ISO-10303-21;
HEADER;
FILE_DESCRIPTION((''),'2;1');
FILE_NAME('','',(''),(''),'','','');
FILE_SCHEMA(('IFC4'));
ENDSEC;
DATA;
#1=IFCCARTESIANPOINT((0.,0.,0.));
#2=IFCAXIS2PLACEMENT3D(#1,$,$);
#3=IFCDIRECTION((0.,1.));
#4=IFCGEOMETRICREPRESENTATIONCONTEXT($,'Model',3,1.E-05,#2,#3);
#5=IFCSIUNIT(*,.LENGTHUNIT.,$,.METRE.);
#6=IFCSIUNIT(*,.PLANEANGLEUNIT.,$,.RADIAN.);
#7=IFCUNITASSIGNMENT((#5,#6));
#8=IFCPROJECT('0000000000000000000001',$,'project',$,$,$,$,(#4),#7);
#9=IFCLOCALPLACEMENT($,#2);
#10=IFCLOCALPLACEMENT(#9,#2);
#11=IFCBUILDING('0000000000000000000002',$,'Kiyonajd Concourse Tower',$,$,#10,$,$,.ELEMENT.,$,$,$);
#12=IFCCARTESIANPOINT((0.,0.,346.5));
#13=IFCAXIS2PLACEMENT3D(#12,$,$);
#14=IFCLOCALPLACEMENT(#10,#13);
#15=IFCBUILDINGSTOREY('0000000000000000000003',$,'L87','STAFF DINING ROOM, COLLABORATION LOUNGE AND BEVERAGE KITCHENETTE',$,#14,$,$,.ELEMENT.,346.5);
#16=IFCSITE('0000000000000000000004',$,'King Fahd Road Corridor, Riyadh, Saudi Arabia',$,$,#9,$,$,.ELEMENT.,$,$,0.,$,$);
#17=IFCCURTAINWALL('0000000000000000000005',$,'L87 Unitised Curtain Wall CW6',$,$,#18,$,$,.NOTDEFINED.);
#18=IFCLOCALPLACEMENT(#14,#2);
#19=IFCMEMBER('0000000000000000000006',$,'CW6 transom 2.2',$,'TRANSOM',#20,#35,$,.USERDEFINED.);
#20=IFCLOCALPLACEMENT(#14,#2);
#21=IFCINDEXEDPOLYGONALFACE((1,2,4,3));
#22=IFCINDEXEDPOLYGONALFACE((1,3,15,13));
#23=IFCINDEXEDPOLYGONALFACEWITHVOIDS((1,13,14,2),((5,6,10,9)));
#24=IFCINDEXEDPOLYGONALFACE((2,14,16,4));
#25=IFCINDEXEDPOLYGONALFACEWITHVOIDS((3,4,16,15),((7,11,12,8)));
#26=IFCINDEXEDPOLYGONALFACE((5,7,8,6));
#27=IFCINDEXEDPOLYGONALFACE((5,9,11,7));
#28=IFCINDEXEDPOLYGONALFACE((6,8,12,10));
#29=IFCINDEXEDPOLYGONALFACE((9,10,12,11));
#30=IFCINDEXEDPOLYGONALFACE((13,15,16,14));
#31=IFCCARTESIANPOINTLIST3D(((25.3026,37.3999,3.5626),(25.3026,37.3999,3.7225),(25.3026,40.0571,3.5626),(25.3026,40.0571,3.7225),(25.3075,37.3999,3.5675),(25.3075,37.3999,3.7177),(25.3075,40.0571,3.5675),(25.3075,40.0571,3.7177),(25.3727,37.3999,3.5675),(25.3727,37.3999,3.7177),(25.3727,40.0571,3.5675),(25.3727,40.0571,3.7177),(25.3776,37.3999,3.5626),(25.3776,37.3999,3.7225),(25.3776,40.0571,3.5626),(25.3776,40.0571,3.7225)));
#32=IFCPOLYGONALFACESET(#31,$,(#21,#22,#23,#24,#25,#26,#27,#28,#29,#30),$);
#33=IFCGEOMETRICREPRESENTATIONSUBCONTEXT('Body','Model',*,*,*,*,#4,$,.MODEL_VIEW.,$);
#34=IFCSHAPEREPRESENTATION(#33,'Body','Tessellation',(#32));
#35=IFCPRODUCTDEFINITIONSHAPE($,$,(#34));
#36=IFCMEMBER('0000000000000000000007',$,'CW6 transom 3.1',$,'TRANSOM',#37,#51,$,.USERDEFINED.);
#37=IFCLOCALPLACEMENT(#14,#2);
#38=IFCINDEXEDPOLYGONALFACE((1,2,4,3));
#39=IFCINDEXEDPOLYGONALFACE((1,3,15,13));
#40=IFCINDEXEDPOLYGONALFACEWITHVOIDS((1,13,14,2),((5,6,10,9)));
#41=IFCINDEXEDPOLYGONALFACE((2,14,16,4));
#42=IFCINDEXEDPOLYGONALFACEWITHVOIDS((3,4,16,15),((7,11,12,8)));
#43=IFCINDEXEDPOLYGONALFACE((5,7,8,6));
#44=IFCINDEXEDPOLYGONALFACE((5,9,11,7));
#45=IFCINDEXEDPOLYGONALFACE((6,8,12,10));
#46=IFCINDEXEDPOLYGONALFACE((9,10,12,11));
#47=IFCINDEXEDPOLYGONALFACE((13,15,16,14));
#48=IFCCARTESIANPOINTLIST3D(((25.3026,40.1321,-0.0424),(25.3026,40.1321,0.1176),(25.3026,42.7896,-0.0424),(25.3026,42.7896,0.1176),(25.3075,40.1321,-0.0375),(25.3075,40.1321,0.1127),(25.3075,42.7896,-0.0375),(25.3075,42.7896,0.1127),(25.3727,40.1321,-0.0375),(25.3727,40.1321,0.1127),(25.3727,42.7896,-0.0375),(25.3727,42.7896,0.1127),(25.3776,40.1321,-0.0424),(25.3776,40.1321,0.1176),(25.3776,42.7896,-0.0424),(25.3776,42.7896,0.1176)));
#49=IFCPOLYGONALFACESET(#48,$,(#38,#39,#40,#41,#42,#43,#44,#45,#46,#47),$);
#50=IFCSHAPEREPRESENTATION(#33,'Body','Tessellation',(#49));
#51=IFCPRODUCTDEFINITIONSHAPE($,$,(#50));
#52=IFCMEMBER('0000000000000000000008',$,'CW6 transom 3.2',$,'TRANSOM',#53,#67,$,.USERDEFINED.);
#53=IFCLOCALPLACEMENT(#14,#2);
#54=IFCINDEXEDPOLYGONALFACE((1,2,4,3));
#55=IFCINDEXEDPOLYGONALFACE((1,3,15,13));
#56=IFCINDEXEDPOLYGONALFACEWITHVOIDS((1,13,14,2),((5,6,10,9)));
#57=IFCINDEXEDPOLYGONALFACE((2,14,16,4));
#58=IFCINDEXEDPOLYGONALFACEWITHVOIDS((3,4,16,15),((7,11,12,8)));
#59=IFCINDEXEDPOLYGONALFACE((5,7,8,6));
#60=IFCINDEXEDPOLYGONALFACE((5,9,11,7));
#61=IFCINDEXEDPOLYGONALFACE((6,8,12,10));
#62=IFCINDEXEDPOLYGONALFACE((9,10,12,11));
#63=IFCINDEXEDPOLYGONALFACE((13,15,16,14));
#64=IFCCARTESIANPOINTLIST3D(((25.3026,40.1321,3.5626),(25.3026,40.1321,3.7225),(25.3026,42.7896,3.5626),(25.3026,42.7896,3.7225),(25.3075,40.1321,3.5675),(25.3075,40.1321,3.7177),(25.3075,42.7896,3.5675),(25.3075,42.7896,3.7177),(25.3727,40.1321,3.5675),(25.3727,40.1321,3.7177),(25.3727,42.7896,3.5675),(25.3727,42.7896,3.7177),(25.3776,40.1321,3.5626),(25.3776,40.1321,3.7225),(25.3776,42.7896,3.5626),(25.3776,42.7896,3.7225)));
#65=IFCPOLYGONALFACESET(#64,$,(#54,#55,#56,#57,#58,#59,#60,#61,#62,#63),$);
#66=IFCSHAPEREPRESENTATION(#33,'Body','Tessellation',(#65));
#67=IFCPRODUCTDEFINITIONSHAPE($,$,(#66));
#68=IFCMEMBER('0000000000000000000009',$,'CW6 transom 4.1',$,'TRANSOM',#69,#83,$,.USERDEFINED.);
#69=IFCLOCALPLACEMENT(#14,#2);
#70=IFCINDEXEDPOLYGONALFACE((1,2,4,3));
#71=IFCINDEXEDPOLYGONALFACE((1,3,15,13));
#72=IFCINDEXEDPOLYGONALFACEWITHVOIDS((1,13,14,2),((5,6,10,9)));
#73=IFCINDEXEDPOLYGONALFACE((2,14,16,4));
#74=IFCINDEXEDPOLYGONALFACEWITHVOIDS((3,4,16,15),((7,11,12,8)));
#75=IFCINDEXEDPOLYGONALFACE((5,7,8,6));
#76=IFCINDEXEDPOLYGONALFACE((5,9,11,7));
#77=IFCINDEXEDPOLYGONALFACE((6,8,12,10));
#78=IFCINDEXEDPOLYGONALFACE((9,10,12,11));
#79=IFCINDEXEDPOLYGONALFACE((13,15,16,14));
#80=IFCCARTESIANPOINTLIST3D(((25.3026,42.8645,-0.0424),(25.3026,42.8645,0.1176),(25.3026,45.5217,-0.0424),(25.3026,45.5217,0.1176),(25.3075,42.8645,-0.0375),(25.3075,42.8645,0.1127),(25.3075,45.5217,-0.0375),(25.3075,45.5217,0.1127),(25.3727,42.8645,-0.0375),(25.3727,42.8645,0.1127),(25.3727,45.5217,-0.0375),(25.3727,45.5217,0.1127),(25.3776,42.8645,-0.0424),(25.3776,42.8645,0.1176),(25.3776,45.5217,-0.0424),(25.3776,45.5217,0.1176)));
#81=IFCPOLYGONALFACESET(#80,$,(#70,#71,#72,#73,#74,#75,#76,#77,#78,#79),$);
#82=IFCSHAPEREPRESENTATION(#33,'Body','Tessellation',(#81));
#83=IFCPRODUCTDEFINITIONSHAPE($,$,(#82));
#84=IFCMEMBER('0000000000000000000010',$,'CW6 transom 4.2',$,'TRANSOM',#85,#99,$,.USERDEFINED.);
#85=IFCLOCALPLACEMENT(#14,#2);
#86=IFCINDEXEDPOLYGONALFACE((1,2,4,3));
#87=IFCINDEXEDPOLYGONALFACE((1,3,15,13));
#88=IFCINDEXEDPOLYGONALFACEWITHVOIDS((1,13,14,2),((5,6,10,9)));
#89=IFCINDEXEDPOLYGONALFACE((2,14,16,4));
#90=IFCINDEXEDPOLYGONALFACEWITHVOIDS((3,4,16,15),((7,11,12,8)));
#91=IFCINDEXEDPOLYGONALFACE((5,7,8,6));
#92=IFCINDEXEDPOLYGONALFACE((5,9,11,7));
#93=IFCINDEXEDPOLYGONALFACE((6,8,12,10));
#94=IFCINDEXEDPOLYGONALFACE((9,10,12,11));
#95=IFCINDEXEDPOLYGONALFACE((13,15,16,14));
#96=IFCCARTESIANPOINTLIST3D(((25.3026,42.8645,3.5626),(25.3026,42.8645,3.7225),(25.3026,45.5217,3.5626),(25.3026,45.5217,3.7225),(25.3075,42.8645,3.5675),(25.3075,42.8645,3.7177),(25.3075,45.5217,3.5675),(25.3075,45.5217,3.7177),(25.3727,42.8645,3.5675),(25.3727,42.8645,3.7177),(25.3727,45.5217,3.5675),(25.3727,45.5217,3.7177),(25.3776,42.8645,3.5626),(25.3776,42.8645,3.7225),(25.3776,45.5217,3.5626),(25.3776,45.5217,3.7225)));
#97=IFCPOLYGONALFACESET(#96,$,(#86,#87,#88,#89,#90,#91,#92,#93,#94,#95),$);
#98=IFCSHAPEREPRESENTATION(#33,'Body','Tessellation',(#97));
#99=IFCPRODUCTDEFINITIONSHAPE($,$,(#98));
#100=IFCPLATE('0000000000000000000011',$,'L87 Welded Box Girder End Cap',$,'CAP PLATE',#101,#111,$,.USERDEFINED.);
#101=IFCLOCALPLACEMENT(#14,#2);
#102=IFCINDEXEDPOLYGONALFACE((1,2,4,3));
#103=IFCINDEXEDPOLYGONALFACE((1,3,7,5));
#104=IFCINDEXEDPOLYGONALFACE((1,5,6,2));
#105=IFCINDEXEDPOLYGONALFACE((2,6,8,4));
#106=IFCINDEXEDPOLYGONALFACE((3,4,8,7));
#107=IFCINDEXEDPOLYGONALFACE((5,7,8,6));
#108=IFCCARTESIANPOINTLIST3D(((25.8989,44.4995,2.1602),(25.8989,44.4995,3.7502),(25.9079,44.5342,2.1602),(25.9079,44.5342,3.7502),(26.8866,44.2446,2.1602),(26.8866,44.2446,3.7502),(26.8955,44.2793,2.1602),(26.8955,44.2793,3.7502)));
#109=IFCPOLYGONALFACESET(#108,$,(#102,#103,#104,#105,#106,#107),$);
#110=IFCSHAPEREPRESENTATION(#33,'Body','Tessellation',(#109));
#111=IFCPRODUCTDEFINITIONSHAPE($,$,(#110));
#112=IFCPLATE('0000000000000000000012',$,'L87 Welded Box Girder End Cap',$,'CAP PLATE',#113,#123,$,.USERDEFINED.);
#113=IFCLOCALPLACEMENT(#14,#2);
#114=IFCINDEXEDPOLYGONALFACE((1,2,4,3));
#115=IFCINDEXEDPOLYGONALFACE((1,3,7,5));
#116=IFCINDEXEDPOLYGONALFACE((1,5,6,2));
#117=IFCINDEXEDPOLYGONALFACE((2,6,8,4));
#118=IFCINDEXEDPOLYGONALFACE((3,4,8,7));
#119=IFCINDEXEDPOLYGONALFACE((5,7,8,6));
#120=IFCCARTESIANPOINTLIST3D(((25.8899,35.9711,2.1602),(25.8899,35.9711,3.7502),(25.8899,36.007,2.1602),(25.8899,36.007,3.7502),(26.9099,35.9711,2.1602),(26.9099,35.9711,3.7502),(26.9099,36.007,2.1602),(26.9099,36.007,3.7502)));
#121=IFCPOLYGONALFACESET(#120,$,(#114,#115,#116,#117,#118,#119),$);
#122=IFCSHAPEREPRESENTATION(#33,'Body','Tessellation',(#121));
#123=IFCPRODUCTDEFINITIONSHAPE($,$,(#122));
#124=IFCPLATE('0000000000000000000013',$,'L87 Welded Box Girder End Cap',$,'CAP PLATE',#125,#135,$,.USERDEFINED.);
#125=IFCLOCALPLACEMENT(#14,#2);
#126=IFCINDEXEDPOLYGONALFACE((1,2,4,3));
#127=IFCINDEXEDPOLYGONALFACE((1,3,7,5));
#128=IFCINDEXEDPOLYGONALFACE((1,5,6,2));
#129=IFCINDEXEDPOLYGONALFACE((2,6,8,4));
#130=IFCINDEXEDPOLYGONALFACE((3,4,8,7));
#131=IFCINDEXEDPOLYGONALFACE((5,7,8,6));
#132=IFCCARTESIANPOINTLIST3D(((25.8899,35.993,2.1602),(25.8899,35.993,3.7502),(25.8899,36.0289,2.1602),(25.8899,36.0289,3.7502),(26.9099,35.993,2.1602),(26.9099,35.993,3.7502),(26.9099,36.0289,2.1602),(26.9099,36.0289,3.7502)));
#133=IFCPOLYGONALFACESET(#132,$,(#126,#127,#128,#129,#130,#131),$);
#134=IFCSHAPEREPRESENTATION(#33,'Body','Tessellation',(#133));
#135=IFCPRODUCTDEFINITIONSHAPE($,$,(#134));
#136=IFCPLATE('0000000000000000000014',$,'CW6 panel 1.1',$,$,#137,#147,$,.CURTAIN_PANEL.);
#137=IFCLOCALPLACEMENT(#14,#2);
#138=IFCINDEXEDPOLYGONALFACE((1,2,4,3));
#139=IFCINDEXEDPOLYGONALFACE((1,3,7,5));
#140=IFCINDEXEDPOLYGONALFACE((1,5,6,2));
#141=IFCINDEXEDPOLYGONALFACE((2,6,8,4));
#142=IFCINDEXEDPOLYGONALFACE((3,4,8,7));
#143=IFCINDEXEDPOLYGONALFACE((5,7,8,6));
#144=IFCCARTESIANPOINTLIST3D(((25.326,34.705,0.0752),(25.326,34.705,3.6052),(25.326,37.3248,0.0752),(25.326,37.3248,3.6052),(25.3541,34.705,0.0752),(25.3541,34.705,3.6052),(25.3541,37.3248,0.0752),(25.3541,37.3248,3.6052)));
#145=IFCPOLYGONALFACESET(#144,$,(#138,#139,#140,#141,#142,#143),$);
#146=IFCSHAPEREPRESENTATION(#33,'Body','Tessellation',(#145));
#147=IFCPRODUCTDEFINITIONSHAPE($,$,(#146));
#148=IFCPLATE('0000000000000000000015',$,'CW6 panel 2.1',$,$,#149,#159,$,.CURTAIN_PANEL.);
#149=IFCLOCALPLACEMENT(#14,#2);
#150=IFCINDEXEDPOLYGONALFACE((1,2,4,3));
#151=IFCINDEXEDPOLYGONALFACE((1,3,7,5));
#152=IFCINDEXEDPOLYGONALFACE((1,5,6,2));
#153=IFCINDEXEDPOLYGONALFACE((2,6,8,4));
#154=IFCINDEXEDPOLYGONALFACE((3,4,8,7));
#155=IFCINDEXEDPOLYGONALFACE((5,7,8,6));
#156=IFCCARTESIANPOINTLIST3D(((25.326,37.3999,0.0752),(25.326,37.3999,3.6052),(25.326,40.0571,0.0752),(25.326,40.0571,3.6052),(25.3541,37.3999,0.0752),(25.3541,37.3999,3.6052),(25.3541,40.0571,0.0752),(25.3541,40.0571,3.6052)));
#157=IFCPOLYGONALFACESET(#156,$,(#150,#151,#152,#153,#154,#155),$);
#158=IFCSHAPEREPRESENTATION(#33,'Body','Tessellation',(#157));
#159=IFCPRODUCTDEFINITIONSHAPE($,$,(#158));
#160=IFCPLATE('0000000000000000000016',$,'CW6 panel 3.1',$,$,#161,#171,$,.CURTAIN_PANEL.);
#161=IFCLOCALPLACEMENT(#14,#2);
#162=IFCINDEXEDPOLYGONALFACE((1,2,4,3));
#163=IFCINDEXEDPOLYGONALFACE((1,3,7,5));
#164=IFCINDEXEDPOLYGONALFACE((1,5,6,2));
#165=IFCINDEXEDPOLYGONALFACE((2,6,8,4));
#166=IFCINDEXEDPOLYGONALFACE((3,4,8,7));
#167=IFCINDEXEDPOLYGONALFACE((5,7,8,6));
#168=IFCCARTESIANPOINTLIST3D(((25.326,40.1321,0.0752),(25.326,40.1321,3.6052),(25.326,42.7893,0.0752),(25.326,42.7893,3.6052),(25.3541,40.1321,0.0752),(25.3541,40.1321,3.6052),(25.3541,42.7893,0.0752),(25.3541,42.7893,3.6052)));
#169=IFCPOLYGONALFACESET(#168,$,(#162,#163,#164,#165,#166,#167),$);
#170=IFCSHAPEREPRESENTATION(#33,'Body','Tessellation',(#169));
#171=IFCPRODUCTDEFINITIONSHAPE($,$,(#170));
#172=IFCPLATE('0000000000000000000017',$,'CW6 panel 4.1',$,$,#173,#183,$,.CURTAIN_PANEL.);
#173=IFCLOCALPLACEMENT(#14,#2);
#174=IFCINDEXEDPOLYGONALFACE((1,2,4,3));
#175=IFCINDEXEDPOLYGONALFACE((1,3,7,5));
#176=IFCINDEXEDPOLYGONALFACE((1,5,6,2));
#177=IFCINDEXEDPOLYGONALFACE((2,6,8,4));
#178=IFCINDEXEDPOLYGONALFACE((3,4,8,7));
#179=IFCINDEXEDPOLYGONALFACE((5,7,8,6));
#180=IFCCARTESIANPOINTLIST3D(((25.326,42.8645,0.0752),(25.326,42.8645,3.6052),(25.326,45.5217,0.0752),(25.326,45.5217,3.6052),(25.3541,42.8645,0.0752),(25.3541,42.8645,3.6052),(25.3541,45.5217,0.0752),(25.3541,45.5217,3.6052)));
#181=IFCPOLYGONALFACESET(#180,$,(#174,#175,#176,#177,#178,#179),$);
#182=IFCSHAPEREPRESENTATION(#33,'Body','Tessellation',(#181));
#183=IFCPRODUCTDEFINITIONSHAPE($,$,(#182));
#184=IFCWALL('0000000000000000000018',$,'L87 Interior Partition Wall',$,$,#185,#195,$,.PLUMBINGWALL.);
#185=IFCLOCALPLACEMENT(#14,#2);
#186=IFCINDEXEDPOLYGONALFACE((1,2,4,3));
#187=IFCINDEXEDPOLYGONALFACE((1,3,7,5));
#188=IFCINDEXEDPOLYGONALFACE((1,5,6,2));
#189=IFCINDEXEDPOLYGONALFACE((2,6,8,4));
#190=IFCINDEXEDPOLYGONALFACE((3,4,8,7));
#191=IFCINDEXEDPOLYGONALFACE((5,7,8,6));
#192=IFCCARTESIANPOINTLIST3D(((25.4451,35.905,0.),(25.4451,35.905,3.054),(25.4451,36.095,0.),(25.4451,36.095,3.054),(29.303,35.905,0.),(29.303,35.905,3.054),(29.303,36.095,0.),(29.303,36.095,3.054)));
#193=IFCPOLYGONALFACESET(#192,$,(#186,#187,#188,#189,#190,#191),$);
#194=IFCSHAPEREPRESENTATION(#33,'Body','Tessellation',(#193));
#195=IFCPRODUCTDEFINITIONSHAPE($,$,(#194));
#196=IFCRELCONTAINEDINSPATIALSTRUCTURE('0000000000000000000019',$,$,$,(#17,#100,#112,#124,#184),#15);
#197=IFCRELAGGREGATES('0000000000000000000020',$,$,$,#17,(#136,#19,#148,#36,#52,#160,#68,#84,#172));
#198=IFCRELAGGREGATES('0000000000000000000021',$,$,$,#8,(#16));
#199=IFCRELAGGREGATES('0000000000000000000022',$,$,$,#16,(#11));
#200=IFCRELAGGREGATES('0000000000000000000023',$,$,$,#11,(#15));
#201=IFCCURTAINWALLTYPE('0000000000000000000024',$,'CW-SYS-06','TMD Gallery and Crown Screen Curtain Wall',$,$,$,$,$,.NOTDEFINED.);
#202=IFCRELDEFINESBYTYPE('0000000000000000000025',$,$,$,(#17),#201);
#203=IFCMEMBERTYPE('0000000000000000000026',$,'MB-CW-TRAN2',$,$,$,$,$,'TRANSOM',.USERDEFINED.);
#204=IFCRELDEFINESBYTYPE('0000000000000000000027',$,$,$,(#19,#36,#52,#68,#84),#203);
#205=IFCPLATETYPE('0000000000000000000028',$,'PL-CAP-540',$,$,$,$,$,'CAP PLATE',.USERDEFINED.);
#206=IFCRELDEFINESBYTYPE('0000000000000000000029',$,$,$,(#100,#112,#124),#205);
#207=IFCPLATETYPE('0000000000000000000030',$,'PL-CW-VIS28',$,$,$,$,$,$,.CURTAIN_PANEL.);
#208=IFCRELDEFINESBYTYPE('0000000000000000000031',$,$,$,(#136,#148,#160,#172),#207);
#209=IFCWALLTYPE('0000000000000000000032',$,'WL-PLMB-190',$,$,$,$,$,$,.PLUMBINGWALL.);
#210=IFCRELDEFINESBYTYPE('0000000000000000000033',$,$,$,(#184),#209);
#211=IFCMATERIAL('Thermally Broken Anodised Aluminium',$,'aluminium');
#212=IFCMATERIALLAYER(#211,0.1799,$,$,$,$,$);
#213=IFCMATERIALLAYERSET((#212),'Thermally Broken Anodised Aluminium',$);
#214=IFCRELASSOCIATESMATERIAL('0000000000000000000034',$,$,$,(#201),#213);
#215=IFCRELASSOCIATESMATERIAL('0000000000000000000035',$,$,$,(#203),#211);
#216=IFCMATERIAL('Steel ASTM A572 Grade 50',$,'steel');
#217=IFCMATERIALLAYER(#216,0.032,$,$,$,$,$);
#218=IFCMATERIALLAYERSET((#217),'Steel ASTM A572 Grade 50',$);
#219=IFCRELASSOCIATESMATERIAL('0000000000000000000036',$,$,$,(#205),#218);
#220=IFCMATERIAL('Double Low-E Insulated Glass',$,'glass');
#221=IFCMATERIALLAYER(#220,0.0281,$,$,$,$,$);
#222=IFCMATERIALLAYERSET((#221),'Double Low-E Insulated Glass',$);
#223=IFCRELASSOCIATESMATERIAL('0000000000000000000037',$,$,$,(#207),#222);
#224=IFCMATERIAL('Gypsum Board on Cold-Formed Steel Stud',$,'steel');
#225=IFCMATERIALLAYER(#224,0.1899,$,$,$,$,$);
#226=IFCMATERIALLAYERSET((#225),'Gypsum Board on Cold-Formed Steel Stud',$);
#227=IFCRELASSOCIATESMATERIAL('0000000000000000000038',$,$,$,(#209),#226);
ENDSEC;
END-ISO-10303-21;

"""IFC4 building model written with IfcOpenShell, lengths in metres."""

from ifc_helpers import new_model, si_unit, direction, frame, frame_2d, origin, origin_2d, place, context, subcontext, project, spatial, rectangle, hollow_rectangle, extrude, material, layer, layer_set, material_profile, profile_set, type_object, element, aggregate, save


model = new_model("IFC4")

# Units and contexts
model_context = context("Model", 3, precision=1e-05, world=origin(), true_north=direction((0.0, 1.0)))
body_context = subcontext(model_context, "Body", "Model", "MODEL_VIEW")
ifc_project = project(units=[si_unit("LENGTHUNIT", "METRE"), si_unit("PLANEANGLEUNIT", "RADIAN")], contexts=[model_context])

# Site, building, storey
site_placement = place(None, origin())
site = spatial("IfcSite", under=ifc_project, at=site_placement, Name="King Fahd Road Corridor, Riyadh, Saudi Arabia", CompositionType="ELEMENT", RefElevation=0.0)
building_placement = place(site_placement, origin())
building = spatial("IfcBuilding", under=site, at=building_placement, Name="Kiyonajd Concourse Tower", CompositionType="ELEMENT")
storey_placement = place(building_placement, frame((0.0, 0.0, 346.5)))
storey = spatial("IfcBuildingStorey", under=building, at=storey_placement, Name="L87", Description="STAFF DINING ROOM, COLLABORATION LOUNGE AND BEVERAGE KITCHENETTE", CompositionType="ELEMENT", Elevation=346.5)

# Shared definitions
ifc_material_1 = material(Name="Steel ASTM A572 Grade 50", Category="steel")

# Curtain wall, members
ifc_material_2 = material(Name="Thermally Broken Anodised Aluminium", Category="aluminium")
ifc_layer_1 = layer(ifc_material_2, 0.1799)
ifc_layer_set_1 = layer_set([ifc_layer_1], Name="Thermally Broken Anodised Aluminium")
curtain_wall_type = type_object("IfcCurtainWallType", Name="CW-SYS-06", Description="TMD Gallery and Crown Screen Curtain Wall", PredefinedType="NOTDEFINED", material=ifc_layer_set_1)
curtain_wall_placement = place(storey_placement, origin())
curtain_wall = element("IfcCurtainWall", 1, at=curtain_wall_placement, inside=storey, type_object=curtain_wall_type, Name="L87 Unitised Curtain Wall CW6", PredefinedType="NOTDEFINED")
ifc_material_profile_1 = material_profile(ifc_material_2, hollow_rectangle(XDim=0.075, YDim=0.1599, WallThickness=0.0049, at=origin_2d()), Name="TRAN-75x160")
ifc_profile_set_1 = profile_set([ifc_material_profile_1], Name="Thermally Broken Anodised Aluminium")
member_type_1 = type_object("IfcMemberType", Name="MB-CW-TRAN2", ElementType="TRANSOM", PredefinedType="USERDEFINED", material=ifc_profile_set_1)
member_1_placement = place(storey_placement, frame((25.3401, 37.3999, 3.6426), z_axis=(0.0, 1.0, 0.0), x_axis=(-1.0, 0.0, 0.0)))
member_1 = element("IfcMember", 2, at=member_1_placement, type_object=member_type_1, Name="CW6 transom 2.2", ObjectType="TRANSOM", PredefinedType="USERDEFINED", context=body_context, shape_type="SweptSolid", body=[
    extrude(hollow_rectangle(XDim=0.075, YDim=0.1599, WallThickness=0.0049, at=origin_2d()), origin(), (0.0, 0.0, 1.0), 2.6572),
])
member_2_placement = place(storey_placement, frame((25.3401, 40.1321, 0.0376), z_axis=(0.0, 1.0, 0.0), x_axis=(-1.0, 0.0, 0.0)))
member_2 = element("IfcMember", 3, at=member_2_placement, type_object=member_type_1, Name="CW6 transom 3.1", ObjectType="TRANSOM", PredefinedType="USERDEFINED", context=body_context, shape_type="SweptSolid", body=[
    extrude(hollow_rectangle(XDim=0.075, YDim=0.1599, WallThickness=0.0049, at=origin_2d()), origin(), (0.0, 0.0, 1.0), 2.6575),
])
member_3_placement = place(storey_placement, frame((25.3401, 40.1321, 3.6426), z_axis=(0.0, 1.0, 0.0), x_axis=(-1.0, 0.0, 0.0)))
member_3 = element("IfcMember", 4, at=member_3_placement, type_object=member_type_1, Name="CW6 transom 3.2", ObjectType="TRANSOM", PredefinedType="USERDEFINED", context=body_context, shape_type="SweptSolid", body=[
    extrude(hollow_rectangle(XDim=0.075, YDim=0.1599, WallThickness=0.0049, at=origin_2d()), origin(), (0.0, 0.0, 1.0), 2.6575),
])
member_4_placement = place(storey_placement, frame((25.3401, 42.8645, 0.0376), z_axis=(0.0, 1.0, 0.0), x_axis=(-1.0, 0.0, 0.0)))
member_4 = element("IfcMember", 5, at=member_4_placement, type_object=member_type_1, Name="CW6 transom 4.1", ObjectType="TRANSOM", PredefinedType="USERDEFINED", context=body_context, shape_type="SweptSolid", body=[
    extrude(hollow_rectangle(XDim=0.075, YDim=0.1599, WallThickness=0.0049, at=origin_2d()), origin(), (0.0, 0.0, 1.0), 2.6572),
])
member_5_placement = place(storey_placement, frame((25.3401, 42.8645, 3.6426), z_axis=(0.0, 1.0, 0.0), x_axis=(-1.0, 0.0, 0.0)))
member_5 = element("IfcMember", 6, at=member_5_placement, type_object=member_type_1, Name="CW6 transom 4.2", ObjectType="TRANSOM", PredefinedType="USERDEFINED", context=body_context, shape_type="SweptSolid", body=[
    extrude(hollow_rectangle(XDim=0.075, YDim=0.1599, WallThickness=0.0049, at=origin_2d()), origin(), (0.0, 0.0, 1.0), 2.6572),
])

# Plates
ifc_layer_2 = layer(ifc_material_1, 0.032)
ifc_layer_set_2 = layer_set([ifc_layer_2], Name="Steel ASTM A572 Grade 50")
plate_type_1 = type_object("IfcPlateType", Name="PL-CAP-540", ElementType="CAP PLATE", PredefinedType="USERDEFINED", material=ifc_layer_set_2)
for number, where, z_axis, x_axis, name in (
    (7, (26.3972, 44.3894, 2.1602), (0.0, 0.0, 1.0), (-0.249873, -0.968279, 0.0), "L87 Welded Box Girder End Cap"),
    (8, (26.3999, 35.989, 2.1602), (0.0, 0.0, 1.0), (0.0, -1.0, 0.0), "L87 Welded Box Girder End Cap"),
    (9, (26.3999, 36.011, 2.1602), (0.0, 0.0, 1.0), (0.0, 1.0, 0.0), "L87 Welded Box Girder End Cap"),
):
    element("IfcPlate", number, at=place(storey_placement, frame(where, z_axis=z_axis, x_axis=x_axis)), inside=storey, type_object=plate_type_1, Name=name, ObjectType="CAP PLATE", PredefinedType="USERDEFINED", context=body_context, shape_type="SweptSolid", body=[
        extrude(rectangle(XDim=0.0359, YDim=1.02, at=origin_2d()), origin(), (0.0, 0.0, 1.0), 1.5901),
    ])

# Plates
ifc_material_3 = material(Name="Double Low-E Insulated Glass", Category="glass")
ifc_layer_3 = layer(ifc_material_3, 0.0281)
ifc_layer_set_3 = layer_set([ifc_layer_3], Name="Double Low-E Insulated Glass")
plate_type_2 = type_object("IfcPlateType", Name="PL-CW-VIS28", PredefinedType="CURTAIN_PANEL", material=ifc_layer_set_3)
plate_1_placement = place(storey_placement, frame((25.3401, 36.0149, 0.0752), z_axis=(0.0, 0.0, 1.0), x_axis=(0.0, 1.0, 0.0)))
plate_1 = element("IfcPlate", 10, at=plate_1_placement, type_object=plate_type_2, Name="CW6 panel 1.1", PredefinedType="CURTAIN_PANEL", context=body_context, shape_type="SweptSolid", body=[
    extrude(rectangle(XDim=2.6199, YDim=0.0281, at=origin_2d()), origin(), (0.0, 0.0, 1.0), 3.53),
])
plate_2_placement = place(storey_placement, frame((25.3401, 38.7285, 0.0752), z_axis=(0.0, 0.0, 1.0), x_axis=(0.0, 1.0, 0.0)))
plate_2 = element("IfcPlate", 11, at=plate_2_placement, type_object=plate_type_2, Name="CW6 panel 2.1", PredefinedType="CURTAIN_PANEL", context=body_context, shape_type="SweptSolid", body=[
    extrude(rectangle(XDim=2.6572, YDim=0.0281, at=origin_2d()), origin(), (0.0, 0.0, 1.0), 3.53),
])
plate_3_placement = place(storey_placement, frame((25.3401, 41.4607, 0.0752), z_axis=(0.0, 0.0, 1.0), x_axis=(0.0, 1.0, 0.0)))
plate_3 = element("IfcPlate", 12, at=plate_3_placement, type_object=plate_type_2, Name="CW6 panel 3.1", PredefinedType="CURTAIN_PANEL", context=body_context, shape_type="SweptSolid", body=[
    extrude(rectangle(XDim=2.6572, YDim=0.0281, at=origin_2d()), origin(), (0.0, 0.0, 1.0), 3.53),
])
plate_4_placement = place(storey_placement, frame((25.3401, 44.1931, 0.0752), z_axis=(0.0, 0.0, 1.0), x_axis=(0.0, 1.0, 0.0)))
plate_4 = element("IfcPlate", 13, at=plate_4_placement, type_object=plate_type_2, Name="CW6 panel 4.1", PredefinedType="CURTAIN_PANEL", context=body_context, shape_type="SweptSolid", body=[
    extrude(rectangle(XDim=2.6572, YDim=0.0281, at=origin_2d()), origin(), (0.0, 0.0, 1.0), 3.53),
])
aggregate(curtain_wall, [plate_1, member_1, plate_2, member_2, member_3, plate_3, member_4, member_5, plate_4])

# Wall
ifc_material_4 = material(Name="Gypsum Board on Cold-Formed Steel Stud", Category="steel")
ifc_layer_4 = layer(ifc_material_4, 0.1899)
ifc_layer_set_4 = layer_set([ifc_layer_4], Name="Gypsum Board on Cold-Formed Steel Stud")
wall_type = type_object("IfcWallType", Name="WL-PLMB-190", PredefinedType="PLUMBINGWALL", material=ifc_layer_set_4)
wall_1_placement = place(storey_placement, frame((25.4451, 36.0, 0.0), z_axis=(0.0, 0.0, 1.0), x_axis=(1.0, 0.0, 0.0)))
element("IfcWall", 14, at=wall_1_placement, inside=storey, type_object=wall_type, Name="L87 Interior Partition Wall", PredefinedType="PLUMBINGWALL", context=body_context, shape_type="SweptSolid", body=[
    extrude(rectangle(XDim=3.8579, YDim=0.1899, at=frame_2d((1.929, 0.0))), origin(), (0.0, 0.0, 1.0), 3.054),
])

save(model, "model.ifc")
